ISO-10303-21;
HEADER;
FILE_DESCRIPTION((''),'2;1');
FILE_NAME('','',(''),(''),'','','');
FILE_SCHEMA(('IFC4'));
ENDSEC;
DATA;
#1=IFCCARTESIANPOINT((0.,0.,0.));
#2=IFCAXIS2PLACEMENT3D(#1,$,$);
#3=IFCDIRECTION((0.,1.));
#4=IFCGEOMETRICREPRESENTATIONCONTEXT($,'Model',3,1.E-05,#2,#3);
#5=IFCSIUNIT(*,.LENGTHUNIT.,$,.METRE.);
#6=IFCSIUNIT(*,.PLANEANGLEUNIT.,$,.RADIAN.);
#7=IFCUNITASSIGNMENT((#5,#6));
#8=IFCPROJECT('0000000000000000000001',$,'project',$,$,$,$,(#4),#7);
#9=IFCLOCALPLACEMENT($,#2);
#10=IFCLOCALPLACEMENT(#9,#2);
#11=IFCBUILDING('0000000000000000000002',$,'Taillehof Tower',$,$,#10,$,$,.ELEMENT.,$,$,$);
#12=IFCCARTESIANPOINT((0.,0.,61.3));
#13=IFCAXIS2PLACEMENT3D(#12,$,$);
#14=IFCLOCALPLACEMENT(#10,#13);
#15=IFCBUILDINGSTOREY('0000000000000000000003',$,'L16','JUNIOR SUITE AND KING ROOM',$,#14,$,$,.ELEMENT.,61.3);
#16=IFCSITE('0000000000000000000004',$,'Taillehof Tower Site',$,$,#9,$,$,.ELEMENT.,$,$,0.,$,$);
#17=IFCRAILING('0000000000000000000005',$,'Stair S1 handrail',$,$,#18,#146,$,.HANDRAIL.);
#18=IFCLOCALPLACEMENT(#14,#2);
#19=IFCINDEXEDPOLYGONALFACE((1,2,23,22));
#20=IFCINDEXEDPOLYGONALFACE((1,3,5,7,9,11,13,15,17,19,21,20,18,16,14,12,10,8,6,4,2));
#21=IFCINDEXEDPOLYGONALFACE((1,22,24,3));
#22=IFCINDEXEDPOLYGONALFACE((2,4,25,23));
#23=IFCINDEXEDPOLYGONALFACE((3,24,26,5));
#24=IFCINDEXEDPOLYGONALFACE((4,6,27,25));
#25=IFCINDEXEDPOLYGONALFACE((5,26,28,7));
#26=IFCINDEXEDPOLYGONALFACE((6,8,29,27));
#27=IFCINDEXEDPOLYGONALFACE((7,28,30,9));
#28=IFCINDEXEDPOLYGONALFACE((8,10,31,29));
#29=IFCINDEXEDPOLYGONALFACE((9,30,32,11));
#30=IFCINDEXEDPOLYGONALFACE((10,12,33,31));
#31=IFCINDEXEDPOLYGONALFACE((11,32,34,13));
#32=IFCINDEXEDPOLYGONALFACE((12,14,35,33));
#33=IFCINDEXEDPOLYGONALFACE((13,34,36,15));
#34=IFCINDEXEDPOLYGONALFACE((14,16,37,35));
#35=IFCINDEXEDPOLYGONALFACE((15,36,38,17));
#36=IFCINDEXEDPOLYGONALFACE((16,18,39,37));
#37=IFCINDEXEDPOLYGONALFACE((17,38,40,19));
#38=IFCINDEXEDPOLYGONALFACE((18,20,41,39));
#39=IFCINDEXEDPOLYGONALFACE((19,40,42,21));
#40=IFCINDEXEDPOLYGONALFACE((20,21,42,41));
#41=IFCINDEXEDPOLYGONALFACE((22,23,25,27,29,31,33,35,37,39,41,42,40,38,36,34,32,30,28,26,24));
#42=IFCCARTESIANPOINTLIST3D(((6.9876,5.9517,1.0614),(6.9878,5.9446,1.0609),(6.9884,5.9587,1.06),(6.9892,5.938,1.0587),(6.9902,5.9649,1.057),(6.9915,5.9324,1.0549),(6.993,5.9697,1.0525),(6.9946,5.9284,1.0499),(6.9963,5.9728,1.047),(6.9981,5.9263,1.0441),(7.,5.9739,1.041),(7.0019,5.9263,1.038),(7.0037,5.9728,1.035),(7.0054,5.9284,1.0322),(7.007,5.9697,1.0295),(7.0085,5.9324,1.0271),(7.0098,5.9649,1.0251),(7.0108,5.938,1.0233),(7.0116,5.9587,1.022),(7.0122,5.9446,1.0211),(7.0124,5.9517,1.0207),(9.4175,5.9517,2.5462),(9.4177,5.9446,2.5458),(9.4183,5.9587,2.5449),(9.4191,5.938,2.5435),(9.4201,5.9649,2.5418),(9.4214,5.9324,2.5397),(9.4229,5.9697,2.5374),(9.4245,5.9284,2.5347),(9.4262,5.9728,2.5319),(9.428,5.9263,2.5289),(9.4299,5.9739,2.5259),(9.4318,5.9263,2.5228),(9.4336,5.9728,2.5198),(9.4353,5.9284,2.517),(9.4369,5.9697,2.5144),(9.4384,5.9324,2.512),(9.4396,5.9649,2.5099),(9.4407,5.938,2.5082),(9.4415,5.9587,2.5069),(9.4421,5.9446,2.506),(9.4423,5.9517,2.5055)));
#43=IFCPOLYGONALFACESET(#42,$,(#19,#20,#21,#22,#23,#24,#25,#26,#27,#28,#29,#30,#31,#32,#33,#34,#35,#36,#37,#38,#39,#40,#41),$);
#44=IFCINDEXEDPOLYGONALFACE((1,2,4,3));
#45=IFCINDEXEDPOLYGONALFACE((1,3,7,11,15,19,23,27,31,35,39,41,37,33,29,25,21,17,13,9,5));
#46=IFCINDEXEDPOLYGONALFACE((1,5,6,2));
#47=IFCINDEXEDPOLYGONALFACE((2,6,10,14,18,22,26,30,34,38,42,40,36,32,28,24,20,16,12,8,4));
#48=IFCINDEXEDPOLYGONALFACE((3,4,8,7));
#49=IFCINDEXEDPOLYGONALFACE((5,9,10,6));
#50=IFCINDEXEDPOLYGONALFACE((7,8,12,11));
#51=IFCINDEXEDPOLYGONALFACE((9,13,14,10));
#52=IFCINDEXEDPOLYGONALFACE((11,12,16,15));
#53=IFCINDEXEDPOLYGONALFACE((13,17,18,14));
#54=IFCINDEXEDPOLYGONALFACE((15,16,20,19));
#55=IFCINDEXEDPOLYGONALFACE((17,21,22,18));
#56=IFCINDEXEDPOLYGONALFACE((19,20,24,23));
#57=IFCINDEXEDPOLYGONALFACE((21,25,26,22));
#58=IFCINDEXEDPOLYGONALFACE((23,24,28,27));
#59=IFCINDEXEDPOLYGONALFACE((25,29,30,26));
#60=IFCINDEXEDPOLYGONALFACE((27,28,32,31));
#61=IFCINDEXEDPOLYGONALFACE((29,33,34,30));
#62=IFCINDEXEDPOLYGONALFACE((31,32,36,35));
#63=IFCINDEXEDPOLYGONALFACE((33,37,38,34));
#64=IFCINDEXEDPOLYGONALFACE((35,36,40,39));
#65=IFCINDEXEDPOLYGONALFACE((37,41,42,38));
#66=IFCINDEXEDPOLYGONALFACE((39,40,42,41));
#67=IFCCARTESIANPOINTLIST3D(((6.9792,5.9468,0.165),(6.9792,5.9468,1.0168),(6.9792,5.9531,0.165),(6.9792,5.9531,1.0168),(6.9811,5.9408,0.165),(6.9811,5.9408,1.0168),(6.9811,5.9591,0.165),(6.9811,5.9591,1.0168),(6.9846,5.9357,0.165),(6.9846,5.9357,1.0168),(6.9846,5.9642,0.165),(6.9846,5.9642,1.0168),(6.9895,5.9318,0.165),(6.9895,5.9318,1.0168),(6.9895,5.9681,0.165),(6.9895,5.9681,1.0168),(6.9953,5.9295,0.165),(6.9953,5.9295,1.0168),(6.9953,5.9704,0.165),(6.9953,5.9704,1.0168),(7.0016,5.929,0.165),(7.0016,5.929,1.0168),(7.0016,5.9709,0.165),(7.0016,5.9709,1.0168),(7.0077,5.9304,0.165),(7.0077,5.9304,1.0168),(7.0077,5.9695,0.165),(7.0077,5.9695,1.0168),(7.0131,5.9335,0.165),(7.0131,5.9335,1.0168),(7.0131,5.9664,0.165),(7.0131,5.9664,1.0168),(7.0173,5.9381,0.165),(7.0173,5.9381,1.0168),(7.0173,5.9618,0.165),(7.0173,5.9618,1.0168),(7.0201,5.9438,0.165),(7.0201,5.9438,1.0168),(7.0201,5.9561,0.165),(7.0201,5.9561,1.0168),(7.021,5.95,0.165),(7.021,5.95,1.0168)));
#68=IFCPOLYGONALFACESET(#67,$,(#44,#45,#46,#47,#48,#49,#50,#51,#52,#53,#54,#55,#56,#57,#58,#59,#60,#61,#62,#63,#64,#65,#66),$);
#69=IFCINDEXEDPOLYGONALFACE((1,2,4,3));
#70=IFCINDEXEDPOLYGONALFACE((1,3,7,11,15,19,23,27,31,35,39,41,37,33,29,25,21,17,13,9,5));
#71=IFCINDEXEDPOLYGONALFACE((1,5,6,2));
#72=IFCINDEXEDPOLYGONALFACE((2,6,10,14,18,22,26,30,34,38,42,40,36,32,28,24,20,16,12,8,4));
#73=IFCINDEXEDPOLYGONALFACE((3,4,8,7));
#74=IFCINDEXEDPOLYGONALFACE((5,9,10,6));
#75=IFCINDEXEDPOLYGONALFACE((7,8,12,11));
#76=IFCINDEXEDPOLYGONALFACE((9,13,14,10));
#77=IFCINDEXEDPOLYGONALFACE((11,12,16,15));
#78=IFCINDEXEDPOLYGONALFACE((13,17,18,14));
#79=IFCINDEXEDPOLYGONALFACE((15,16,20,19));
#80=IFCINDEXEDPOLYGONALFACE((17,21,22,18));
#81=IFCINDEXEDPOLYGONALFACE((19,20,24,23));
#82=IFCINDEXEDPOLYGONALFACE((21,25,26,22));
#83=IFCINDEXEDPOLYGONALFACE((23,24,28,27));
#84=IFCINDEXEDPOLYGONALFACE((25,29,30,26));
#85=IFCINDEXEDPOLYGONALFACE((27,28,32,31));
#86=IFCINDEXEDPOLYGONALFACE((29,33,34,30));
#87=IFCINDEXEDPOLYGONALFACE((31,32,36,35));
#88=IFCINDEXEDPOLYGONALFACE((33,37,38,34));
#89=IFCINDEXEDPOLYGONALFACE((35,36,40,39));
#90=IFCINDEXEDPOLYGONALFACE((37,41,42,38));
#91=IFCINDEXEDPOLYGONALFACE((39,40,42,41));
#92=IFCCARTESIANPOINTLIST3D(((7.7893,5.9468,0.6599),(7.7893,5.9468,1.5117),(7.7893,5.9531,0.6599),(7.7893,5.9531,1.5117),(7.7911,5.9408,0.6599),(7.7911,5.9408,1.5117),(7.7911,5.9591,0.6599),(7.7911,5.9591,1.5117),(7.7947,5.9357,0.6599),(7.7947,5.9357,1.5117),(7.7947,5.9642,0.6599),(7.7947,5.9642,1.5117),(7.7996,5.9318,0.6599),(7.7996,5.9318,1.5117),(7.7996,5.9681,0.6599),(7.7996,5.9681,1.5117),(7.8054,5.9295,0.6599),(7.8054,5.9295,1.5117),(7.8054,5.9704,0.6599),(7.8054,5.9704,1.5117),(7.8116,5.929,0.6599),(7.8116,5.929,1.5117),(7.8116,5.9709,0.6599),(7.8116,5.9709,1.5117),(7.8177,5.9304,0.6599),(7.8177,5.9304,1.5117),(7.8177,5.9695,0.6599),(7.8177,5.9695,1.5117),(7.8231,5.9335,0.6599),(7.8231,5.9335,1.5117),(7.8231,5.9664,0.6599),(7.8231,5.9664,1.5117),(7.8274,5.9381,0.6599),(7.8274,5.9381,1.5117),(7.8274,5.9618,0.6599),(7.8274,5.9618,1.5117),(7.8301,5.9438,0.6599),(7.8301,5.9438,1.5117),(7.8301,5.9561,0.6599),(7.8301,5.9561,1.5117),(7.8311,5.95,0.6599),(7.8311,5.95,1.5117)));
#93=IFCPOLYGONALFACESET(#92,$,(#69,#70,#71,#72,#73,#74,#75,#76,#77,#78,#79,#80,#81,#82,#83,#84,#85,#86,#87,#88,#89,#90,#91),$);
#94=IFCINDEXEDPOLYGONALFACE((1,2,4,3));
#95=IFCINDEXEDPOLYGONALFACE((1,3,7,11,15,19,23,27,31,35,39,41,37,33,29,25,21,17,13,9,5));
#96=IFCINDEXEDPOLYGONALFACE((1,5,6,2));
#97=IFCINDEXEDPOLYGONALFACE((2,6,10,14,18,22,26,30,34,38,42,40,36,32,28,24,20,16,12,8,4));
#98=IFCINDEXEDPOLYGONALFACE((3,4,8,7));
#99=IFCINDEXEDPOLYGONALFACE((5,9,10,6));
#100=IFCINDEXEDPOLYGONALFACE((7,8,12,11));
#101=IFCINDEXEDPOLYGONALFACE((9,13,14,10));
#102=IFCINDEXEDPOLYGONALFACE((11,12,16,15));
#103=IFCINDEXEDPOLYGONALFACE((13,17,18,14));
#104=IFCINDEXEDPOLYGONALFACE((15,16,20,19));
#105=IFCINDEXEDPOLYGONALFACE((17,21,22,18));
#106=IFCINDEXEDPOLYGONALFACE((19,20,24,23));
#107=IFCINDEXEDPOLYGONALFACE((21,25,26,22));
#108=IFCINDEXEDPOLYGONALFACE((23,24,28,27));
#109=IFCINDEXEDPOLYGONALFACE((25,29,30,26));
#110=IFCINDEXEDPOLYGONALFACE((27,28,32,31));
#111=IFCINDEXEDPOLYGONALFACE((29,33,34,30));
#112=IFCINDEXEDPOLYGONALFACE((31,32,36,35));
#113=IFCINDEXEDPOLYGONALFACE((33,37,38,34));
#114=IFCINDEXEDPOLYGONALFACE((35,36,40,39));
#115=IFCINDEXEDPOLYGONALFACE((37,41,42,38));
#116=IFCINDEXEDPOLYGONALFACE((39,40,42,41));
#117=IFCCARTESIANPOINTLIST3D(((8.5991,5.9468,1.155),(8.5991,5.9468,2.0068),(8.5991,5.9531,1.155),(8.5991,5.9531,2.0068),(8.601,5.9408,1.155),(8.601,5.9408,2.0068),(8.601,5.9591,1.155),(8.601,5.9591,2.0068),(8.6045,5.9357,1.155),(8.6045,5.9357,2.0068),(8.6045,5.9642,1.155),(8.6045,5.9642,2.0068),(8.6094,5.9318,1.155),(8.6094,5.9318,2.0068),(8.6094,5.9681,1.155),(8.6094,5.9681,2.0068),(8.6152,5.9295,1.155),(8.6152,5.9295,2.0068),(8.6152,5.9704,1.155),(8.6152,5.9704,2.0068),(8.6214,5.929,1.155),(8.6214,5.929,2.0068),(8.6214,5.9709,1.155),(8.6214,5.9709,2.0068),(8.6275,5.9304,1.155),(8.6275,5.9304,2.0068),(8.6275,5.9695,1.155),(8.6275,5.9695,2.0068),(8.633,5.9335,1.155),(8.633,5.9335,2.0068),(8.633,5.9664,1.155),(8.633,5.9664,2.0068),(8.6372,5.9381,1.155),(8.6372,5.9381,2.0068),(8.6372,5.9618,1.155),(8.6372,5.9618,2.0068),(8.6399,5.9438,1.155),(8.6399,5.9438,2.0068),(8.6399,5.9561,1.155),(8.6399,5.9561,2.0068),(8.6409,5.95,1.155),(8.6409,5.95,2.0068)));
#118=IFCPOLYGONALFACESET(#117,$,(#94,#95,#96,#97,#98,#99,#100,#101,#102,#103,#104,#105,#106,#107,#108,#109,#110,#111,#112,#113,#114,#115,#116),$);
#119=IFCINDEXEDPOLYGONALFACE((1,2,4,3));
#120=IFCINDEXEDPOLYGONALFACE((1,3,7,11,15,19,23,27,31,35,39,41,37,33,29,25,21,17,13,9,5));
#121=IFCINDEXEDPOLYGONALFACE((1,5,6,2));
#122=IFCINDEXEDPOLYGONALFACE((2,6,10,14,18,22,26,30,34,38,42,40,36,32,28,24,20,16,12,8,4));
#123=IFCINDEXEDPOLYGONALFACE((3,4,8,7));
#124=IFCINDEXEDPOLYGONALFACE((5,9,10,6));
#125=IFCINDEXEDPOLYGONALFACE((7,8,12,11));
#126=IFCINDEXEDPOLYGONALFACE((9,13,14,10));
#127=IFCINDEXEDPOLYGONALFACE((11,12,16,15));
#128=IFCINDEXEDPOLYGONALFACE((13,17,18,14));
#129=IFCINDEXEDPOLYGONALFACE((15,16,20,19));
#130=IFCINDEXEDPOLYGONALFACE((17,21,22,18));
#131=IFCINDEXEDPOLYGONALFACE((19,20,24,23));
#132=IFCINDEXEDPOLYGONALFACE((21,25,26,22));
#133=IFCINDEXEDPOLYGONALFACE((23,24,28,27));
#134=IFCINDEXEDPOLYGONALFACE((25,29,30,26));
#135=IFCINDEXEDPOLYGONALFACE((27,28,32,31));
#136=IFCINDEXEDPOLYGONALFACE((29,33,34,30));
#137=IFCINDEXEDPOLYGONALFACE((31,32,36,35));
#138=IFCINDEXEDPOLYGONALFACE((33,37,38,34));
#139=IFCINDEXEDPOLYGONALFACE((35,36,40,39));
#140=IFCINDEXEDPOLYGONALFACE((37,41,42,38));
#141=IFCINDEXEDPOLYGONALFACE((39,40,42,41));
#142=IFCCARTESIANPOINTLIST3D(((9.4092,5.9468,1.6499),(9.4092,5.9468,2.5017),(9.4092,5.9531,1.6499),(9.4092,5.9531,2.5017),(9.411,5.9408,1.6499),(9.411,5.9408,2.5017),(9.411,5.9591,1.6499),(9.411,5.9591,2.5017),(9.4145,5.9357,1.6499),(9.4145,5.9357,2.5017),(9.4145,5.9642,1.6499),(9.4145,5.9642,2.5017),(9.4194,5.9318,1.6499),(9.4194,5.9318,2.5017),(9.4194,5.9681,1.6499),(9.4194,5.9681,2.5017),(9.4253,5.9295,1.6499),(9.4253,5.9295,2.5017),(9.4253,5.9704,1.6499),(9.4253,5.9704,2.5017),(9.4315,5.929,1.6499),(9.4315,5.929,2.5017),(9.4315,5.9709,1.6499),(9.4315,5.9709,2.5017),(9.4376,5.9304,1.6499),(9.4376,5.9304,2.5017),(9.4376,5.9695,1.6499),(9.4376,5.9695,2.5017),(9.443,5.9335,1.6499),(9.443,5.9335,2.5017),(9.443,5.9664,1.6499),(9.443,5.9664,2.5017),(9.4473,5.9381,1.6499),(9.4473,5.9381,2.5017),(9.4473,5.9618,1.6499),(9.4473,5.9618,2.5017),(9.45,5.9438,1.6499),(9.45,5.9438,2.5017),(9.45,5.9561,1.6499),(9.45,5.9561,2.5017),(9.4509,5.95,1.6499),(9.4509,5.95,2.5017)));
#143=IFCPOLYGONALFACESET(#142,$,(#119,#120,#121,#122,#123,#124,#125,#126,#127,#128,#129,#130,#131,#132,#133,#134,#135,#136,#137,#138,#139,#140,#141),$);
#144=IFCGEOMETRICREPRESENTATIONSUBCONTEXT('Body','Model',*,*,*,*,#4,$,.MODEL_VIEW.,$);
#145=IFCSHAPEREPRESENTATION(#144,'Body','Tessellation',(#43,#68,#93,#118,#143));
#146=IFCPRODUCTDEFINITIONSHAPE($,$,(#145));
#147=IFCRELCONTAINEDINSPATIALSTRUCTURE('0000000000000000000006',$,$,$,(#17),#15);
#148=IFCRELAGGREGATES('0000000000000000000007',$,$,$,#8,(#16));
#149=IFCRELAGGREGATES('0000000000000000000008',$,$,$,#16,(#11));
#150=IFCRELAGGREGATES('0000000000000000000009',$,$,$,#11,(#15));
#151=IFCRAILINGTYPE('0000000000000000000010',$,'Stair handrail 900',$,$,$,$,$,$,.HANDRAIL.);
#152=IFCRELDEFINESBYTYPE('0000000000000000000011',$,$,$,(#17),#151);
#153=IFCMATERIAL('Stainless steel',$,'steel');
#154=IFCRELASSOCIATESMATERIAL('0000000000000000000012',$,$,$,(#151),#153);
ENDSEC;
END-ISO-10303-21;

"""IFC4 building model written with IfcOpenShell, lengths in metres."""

from ifc_helpers import new_model, si_unit, direction, frame, origin, origin_2d, place, context, subcontext, project, spatial, circle, extrude, material, type_object, element, save


model = new_model("IFC4")

# Units and contexts
model_context = context("Model", 3, precision=1e-05, world=origin(), true_north=direction((0.0, 1.0)))
body_context = subcontext(model_context, "Body", "Model", "MODEL_VIEW")
ifc_project = project(units=[si_unit("LENGTHUNIT", "METRE"), si_unit("PLANEANGLEUNIT", "RADIAN")], contexts=[model_context])

# Site, building, storey
site_placement = place(None, origin())
site = spatial("IfcSite", under=ifc_project, at=site_placement, Name="Taillehof Tower Site", CompositionType="ELEMENT", RefElevation=0.0)
building_placement = place(site_placement, origin())
building = spatial("IfcBuilding", under=site, at=building_placement, Name="Taillehof Tower", CompositionType="ELEMENT")
storey_placement = place(building_placement, frame((0.0, 0.0, 61.3)))
storey = spatial("IfcBuildingStorey", under=building, at=storey_placement, Name="L16", Description="JUNIOR SUITE AND KING ROOM", CompositionType="ELEMENT", Elevation=61.3)

# Railing
ifc_material_1 = material(Name="Stainless steel", Category="steel")
railing_type = type_object("IfcRailingType", Name="Stair handrail 900", PredefinedType="HANDRAIL", material=ifc_material_1)
railing_1_placement = place(storey_placement, frame((7.0, 5.95, 0.165)))
element("IfcRailing", 1, at=railing_1_placement, inside=storey, type_object=railing_type, Name="Stair S1 handrail", PredefinedType="HANDRAIL", context=body_context, shape_type="SweptSolid", body=[
    extrude(circle(Radius=0.0239, at=origin_2d()), frame((0.0, 0.0, 0.876), z_axis=(0.853297, 0.0, 0.521426), x_axis=(0.0, 1.0, 0.0)), (0.0, 0.0, 1.0), 2.8477),
    extrude(circle(Radius=0.021, at=origin_2d()), origin(), (0.0, 0.0, 1.0), 0.8518),
    extrude(circle(Radius=0.021, at=origin_2d()), frame((0.8101, 0.0, 0.4949)), (0.0, 0.0, 1.0), 0.8518),
    extrude(circle(Radius=0.021, at=origin_2d()), frame((1.6199, 0.0, 0.99)), (0.0, 0.0, 1.0), 0.8518),
    extrude(circle(Radius=0.021, at=origin_2d()), frame((2.4299, 0.0, 1.4849)), (0.0, 0.0, 1.0), 0.8518),
])

save(model, "model.ifc")
